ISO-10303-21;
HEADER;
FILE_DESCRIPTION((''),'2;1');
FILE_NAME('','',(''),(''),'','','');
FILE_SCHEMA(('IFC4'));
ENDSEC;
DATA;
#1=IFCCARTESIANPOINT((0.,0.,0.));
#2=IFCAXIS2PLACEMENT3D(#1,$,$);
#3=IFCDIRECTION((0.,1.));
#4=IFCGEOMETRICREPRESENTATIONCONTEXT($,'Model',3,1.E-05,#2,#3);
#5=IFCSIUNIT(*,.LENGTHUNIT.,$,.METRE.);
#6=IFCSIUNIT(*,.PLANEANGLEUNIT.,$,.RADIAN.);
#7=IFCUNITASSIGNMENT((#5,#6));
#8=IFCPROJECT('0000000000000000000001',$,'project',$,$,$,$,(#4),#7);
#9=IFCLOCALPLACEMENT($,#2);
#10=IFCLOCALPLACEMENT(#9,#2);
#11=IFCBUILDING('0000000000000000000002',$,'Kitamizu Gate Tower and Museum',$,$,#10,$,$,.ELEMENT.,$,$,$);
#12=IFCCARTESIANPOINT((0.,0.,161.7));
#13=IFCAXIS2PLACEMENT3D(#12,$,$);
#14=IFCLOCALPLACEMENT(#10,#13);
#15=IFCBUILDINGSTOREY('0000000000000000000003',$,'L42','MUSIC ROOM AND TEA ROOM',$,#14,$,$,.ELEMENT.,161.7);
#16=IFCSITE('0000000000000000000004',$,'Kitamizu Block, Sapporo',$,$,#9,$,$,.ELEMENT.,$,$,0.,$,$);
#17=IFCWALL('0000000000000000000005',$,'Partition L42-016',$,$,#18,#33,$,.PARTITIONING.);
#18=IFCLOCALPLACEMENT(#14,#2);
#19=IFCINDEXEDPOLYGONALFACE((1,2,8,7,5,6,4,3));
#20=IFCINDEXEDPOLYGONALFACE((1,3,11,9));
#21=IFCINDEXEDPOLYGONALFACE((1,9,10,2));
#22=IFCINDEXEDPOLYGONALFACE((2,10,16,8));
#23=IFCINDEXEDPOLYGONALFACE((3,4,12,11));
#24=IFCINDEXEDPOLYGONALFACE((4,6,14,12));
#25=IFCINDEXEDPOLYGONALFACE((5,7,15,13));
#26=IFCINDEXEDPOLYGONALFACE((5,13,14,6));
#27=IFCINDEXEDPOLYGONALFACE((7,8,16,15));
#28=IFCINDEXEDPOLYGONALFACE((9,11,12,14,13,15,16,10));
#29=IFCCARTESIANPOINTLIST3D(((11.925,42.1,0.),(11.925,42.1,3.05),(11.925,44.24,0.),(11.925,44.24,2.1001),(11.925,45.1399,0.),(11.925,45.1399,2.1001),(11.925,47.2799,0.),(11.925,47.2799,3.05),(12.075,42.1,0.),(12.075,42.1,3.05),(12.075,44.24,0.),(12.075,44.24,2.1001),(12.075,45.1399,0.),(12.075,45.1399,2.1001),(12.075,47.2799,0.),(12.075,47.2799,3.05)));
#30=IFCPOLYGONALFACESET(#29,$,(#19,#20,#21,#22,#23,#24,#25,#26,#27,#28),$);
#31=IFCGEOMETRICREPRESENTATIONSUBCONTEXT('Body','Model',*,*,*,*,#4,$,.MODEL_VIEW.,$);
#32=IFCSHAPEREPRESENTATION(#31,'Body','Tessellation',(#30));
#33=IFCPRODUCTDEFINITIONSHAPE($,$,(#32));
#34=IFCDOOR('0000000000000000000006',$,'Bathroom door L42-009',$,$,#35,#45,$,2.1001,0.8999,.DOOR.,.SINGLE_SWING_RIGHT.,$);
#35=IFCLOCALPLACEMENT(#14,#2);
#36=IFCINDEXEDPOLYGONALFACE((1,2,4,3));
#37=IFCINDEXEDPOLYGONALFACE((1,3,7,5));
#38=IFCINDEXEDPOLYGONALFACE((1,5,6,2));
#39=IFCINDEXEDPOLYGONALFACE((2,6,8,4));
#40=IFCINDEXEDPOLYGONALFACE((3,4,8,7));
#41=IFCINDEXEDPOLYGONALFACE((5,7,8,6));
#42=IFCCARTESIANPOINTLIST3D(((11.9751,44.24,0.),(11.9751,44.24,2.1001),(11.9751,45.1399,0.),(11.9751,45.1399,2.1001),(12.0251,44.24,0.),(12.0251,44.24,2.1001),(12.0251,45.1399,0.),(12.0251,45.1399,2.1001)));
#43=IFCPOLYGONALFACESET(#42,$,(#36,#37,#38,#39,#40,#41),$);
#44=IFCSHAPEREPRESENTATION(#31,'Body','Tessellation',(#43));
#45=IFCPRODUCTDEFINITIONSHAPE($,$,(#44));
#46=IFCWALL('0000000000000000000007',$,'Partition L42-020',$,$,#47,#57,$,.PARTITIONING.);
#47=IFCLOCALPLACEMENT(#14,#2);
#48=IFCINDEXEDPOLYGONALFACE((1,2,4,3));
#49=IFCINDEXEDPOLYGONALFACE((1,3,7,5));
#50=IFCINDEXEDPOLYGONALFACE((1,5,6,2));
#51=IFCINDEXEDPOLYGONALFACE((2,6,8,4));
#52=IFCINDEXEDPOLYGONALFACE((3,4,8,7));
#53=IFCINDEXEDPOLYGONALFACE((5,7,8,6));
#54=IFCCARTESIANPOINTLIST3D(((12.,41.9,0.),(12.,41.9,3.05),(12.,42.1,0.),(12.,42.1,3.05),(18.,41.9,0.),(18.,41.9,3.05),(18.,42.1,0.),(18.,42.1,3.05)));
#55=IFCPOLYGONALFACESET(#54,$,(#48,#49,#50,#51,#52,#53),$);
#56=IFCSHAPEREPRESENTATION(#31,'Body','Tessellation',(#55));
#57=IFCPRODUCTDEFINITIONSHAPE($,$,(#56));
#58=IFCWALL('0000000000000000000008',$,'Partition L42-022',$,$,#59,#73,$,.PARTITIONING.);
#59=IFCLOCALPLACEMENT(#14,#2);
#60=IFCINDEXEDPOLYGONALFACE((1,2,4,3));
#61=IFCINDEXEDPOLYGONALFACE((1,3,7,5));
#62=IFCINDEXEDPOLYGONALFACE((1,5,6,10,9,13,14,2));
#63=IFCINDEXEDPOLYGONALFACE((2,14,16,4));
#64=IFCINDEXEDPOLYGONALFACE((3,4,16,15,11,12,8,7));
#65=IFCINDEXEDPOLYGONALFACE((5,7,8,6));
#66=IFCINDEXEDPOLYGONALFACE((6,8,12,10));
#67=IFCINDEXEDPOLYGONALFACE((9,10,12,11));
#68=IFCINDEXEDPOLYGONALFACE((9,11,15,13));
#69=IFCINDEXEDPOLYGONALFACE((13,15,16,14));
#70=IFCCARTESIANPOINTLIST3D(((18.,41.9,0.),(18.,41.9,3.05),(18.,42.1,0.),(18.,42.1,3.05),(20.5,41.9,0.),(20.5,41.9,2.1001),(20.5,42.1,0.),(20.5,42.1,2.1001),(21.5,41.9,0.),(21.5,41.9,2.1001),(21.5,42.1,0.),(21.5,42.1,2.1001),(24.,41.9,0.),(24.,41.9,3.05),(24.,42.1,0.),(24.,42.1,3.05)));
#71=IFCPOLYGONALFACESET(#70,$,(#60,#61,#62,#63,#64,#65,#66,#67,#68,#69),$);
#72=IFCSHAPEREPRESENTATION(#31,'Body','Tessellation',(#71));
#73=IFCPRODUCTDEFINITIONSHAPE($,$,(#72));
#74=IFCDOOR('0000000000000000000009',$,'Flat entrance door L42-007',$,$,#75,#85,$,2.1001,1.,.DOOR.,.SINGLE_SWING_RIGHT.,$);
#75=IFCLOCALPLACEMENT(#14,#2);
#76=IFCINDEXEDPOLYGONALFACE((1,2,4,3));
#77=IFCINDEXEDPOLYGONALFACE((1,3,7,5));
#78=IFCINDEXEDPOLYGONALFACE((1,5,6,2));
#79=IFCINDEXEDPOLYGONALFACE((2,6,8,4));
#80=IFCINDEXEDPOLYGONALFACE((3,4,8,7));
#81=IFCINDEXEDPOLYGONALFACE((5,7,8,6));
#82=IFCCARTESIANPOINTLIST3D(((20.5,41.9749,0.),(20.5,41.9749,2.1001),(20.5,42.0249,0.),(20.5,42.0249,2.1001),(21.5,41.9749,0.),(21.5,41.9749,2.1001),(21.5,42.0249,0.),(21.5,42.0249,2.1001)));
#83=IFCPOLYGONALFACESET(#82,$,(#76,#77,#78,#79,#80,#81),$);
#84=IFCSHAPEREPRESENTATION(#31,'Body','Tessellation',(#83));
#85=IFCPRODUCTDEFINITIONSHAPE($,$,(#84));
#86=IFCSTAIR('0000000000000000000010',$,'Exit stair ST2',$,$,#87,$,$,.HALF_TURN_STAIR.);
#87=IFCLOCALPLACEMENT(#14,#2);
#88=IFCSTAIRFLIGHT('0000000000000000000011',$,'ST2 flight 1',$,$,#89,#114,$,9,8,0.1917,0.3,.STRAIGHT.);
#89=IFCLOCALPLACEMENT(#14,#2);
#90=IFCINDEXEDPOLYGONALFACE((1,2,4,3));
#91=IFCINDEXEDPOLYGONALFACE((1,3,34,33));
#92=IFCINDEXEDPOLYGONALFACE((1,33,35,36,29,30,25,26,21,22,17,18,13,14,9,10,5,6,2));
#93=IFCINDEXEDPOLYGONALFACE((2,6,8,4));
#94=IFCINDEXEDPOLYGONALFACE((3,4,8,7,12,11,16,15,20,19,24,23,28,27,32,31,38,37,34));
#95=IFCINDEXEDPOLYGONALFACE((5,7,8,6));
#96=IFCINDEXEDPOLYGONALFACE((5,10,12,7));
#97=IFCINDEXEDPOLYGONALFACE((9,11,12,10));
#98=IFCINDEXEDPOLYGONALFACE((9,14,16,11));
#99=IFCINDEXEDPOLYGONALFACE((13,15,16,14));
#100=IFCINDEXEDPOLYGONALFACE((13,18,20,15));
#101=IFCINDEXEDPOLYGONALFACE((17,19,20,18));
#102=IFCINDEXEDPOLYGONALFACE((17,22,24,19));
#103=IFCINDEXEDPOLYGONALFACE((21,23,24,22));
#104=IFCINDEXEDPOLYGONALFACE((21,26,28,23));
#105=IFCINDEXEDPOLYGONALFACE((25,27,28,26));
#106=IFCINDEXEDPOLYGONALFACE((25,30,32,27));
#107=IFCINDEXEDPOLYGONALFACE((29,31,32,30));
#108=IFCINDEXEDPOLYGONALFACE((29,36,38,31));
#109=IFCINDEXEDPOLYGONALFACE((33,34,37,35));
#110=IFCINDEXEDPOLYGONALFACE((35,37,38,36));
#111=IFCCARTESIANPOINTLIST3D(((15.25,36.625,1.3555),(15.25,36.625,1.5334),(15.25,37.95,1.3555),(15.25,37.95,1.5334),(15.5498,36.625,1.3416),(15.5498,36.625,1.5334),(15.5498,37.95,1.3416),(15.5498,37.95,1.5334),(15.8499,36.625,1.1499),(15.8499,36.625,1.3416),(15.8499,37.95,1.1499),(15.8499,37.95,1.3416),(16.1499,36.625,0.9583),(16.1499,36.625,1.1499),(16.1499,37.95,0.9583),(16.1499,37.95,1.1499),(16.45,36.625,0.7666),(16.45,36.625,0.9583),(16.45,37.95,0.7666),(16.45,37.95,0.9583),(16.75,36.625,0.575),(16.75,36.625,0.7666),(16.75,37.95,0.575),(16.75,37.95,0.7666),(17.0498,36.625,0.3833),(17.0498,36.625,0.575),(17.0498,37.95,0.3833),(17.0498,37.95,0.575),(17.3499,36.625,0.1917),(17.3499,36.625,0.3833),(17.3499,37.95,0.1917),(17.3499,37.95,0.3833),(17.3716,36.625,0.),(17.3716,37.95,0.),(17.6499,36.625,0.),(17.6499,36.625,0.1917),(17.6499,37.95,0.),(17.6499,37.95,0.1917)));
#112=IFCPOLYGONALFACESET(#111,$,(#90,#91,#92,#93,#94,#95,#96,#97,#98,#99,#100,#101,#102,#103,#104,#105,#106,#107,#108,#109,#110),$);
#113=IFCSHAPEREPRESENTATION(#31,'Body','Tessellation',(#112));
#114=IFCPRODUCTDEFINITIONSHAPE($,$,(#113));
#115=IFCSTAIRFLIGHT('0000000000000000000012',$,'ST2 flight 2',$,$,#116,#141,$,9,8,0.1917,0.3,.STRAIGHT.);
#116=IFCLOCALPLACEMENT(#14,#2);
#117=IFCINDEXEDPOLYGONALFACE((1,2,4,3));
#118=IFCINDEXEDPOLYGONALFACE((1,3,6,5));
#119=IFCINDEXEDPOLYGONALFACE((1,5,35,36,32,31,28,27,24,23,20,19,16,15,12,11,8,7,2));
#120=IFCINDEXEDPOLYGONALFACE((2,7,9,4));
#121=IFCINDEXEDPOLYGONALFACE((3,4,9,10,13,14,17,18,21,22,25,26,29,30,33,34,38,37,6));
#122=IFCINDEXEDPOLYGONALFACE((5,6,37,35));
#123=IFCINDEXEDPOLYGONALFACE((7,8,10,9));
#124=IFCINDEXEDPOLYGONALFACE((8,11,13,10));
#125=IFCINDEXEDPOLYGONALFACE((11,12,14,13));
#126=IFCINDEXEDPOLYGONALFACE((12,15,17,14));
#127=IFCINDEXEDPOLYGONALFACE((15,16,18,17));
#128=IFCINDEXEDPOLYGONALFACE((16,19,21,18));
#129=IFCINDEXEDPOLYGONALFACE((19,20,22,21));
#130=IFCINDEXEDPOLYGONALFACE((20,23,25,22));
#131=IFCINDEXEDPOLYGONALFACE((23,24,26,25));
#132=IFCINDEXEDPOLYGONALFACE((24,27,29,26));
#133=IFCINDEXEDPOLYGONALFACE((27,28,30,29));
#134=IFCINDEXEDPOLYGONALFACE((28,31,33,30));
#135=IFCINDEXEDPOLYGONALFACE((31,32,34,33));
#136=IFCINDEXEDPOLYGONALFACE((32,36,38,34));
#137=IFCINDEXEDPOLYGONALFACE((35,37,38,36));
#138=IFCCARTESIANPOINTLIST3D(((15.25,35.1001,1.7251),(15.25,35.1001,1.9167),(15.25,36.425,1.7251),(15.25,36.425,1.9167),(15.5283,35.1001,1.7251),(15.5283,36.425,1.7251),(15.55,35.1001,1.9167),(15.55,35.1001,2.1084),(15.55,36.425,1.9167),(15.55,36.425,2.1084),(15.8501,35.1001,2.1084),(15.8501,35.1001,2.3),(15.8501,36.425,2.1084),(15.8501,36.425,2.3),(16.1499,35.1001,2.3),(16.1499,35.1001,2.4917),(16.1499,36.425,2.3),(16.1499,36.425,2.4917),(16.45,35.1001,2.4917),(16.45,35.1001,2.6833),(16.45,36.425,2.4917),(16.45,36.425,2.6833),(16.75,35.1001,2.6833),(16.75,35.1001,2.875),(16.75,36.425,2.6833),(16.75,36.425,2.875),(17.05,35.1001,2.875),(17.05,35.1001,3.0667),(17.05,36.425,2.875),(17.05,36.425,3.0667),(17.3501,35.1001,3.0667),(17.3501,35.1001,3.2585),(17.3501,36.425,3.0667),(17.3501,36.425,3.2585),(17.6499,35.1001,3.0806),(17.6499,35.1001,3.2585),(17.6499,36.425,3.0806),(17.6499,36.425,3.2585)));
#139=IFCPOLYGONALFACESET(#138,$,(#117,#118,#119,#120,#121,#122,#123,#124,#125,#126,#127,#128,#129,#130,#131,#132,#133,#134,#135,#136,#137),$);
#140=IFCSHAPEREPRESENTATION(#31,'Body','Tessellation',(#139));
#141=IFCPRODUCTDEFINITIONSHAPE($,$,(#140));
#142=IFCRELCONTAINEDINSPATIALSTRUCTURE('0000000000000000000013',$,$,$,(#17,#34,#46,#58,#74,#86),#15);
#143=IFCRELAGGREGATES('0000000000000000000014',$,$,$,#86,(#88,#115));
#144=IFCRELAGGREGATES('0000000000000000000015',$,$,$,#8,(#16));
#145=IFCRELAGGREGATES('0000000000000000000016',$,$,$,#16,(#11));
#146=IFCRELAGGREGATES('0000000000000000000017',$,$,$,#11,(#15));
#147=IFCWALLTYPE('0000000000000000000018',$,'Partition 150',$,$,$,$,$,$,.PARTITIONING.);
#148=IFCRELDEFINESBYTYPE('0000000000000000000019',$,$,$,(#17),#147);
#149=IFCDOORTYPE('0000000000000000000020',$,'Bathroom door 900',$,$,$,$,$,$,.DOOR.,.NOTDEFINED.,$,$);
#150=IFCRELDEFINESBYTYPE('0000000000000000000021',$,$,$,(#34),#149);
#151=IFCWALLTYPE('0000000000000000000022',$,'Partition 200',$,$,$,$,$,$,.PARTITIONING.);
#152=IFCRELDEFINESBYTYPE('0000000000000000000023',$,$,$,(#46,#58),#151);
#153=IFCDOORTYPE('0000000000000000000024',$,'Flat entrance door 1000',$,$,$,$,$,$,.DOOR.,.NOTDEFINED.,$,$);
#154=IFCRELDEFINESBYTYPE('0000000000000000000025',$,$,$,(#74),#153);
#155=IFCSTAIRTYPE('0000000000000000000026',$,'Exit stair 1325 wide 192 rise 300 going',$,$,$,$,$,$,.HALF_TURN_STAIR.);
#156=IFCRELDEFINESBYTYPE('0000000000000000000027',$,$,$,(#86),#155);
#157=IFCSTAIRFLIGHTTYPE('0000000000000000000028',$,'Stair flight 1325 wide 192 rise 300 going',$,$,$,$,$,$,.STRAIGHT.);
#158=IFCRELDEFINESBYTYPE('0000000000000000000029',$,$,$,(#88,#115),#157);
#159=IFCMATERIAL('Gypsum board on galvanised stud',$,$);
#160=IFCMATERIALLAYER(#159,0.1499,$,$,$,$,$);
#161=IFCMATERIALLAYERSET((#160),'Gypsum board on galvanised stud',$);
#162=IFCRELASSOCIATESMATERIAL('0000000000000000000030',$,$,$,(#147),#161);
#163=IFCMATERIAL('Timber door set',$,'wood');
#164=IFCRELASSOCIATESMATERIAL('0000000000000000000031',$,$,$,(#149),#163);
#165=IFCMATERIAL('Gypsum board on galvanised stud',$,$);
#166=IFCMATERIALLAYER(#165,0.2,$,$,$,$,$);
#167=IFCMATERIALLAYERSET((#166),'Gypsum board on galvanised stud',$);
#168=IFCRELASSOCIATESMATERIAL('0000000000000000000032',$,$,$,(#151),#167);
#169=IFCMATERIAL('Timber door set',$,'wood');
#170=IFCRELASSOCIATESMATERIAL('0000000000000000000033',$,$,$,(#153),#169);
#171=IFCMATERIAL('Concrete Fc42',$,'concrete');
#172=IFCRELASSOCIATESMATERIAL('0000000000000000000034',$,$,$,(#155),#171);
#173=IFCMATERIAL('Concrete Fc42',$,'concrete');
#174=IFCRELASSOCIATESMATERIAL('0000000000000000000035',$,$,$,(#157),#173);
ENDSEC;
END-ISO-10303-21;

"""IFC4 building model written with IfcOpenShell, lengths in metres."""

from ifc_helpers import new_model, si_unit, direction, frame, frame_2d, origin, place, context, subcontext, project, spatial, polyline, rectangle, outline, extrude, material, layer, layer_set, type_object, element, fill, aggregate, save


model = new_model("IFC4")

# Units and contexts
model_context = context("Model", 3, precision=1e-05, world=origin(), true_north=direction((0.0, 1.0)))
body_context = subcontext(model_context, "Body", "Model", "MODEL_VIEW")
ifc_project = project(units=[si_unit("LENGTHUNIT", "METRE"), si_unit("PLANEANGLEUNIT", "RADIAN")], contexts=[model_context])

# Site, building, storey
site_placement = place(None, origin())
site = spatial("IfcSite", under=ifc_project, at=site_placement, Name="Kitamizu Block, Sapporo", CompositionType="ELEMENT", RefElevation=0.0)
building_placement = place(site_placement, origin())
building = spatial("IfcBuilding", under=site, at=building_placement, Name="Kitamizu Gate Tower and Museum", CompositionType="ELEMENT")
storey_placement = place(building_placement, frame((0.0, 0.0, 161.7)))
storey = spatial("IfcBuildingStorey", under=building, at=storey_placement, Name="L42", Description="MUSIC ROOM AND TEA ROOM", CompositionType="ELEMENT", Elevation=161.7)

# Wall, opening, door
ifc_material_1 = material(Name="Gypsum board on galvanised stud")
ifc_layer_1 = layer(ifc_material_1, 0.1499)
ifc_layer_set_1 = layer_set([ifc_layer_1], Name="Gypsum board on galvanised stud")
wall_type_1 = type_object("IfcWallType", Name="Partition 150", PredefinedType="PARTITIONING", material=ifc_layer_set_1)
wall_1_placement = place(storey_placement, frame((12.0, 42.1001, 0.0), z_axis=(0.0, 0.0, 1.0), x_axis=(0.0, 1.0, 0.0)))
wall_1 = element("IfcWall", 1, at=wall_1_placement, inside=storey, type_object=wall_type_1, Name="Partition L42-016", PredefinedType="PARTITIONING", context=body_context, shape_type="SweptSolid", body=[
    extrude(rectangle(XDim=5.1799, YDim=0.1499, at=frame_2d((2.5898, 0.0))), origin(), (0.0, 0.0, 1.0), 3.05),
])
opening_1_placement = place(wall_1_placement, frame((2.1399, 0.0, 0.0)))
opening_1 = element("IfcOpeningElement", 2, at=opening_1_placement, cuts=wall_1, PredefinedType="OPENING", context=body_context, shape_type="SweptSolid", body=[
    extrude(rectangle(XDim=0.8999, YDim=2.1001, at=frame_2d((0.45, 1.05))), frame((0.0, 0.085, 0.0), z_axis=(0.0, -1.0, 0.0), x_axis=(1.0, 0.0, 0.0)), (0.0, 0.0, 1.0), 0.1699),
])
ifc_material_2 = material(Name="Timber door set", Category="wood")
door_type_1 = type_object("IfcDoorType", Name="Bathroom door 900", OperationType="NOTDEFINED", PredefinedType="DOOR", material=ifc_material_2)
door_1_placement = place(opening_1_placement, origin())
door_1 = element("IfcDoor", 3, at=door_1_placement, inside=storey, type_object=door_type_1, Name="Bathroom door L42-009", OperationType="SINGLE_SWING_RIGHT", OverallHeight=2.1001, OverallWidth=0.8999, PredefinedType="DOOR", context=body_context, shape_type="SweptSolid", body=[
    extrude(rectangle(XDim=0.8999, YDim=2.1001, at=frame_2d((0.45, 1.05))), frame((0.0, 0.0249, 0.0), z_axis=(0.0, -1.0, 0.0), x_axis=(1.0, 0.0, 0.0)), (0.0, 0.0, 1.0), 0.05),
])
fill(opening_1, door_1)

# Wall
ifc_material_3 = material(Name="Gypsum board on galvanised stud")
ifc_layer_2 = layer(ifc_material_3, 0.2)
ifc_layer_set_2 = layer_set([ifc_layer_2], Name="Gypsum board on galvanised stud")
wall_type_2 = type_object("IfcWallType", Name="Partition 200", PredefinedType="PARTITIONING", material=ifc_layer_set_2)
wall_2_placement = place(storey_placement, frame((12.0, 42.0, 0.0), z_axis=(0.0, 0.0, 1.0), x_axis=(1.0, 0.0, 0.0)))
element("IfcWall", 4, at=wall_2_placement, inside=storey, type_object=wall_type_2, Name="Partition L42-020", PredefinedType="PARTITIONING", context=body_context, shape_type="SweptSolid", body=[
    extrude(rectangle(XDim=6.0, YDim=0.2, at=frame_2d((3.0, 0.0))), origin(), (0.0, 0.0, 1.0), 3.05),
])

# Wall, opening, door
wall_3_placement = place(storey_placement, frame((18.0, 42.0, 0.0), z_axis=(0.0, 0.0, 1.0), x_axis=(1.0, 0.0, 0.0)))
wall_3 = element("IfcWall", 5, at=wall_3_placement, inside=storey, type_object=wall_type_2, Name="Partition L42-022", PredefinedType="PARTITIONING", context=body_context, shape_type="SweptSolid", body=[
    extrude(rectangle(XDim=6.0, YDim=0.2, at=frame_2d((3.0, 0.0))), origin(), (0.0, 0.0, 1.0), 3.05),
])
opening_2_placement = place(wall_3_placement, frame((2.5, 0.0, 0.0)))
opening_2 = element("IfcOpeningElement", 6, at=opening_2_placement, cuts=wall_3, PredefinedType="OPENING", context=body_context, shape_type="SweptSolid", body=[
    extrude(rectangle(XDim=1.0, YDim=2.1001, at=frame_2d((0.5, 1.05))), frame((0.0, 0.1099, 0.0), z_axis=(0.0, -1.0, 0.0), x_axis=(1.0, 0.0, 0.0)), (0.0, 0.0, 1.0), 0.22),
])
ifc_material_4 = material(Name="Timber door set", Category="wood")
door_type_2 = type_object("IfcDoorType", Name="Flat entrance door 1000", OperationType="NOTDEFINED", PredefinedType="DOOR", material=ifc_material_4)
door_2_placement = place(opening_2_placement, origin())
door_2 = element("IfcDoor", 7, at=door_2_placement, inside=storey, type_object=door_type_2, Name="Flat entrance door L42-007", OperationType="SINGLE_SWING_RIGHT", OverallHeight=2.1001, OverallWidth=1.0, PredefinedType="DOOR", context=body_context, shape_type="SweptSolid", body=[
    extrude(rectangle(XDim=1.0, YDim=2.1001, at=frame_2d((0.5, 1.05))), frame((0.0, 0.0249, 0.0), z_axis=(0.0, -1.0, 0.0), x_axis=(1.0, 0.0, 0.0)), (0.0, 0.0, 1.0), 0.05),
])
fill(opening_2, door_2)

# Stair, stair flights
ifc_material_5 = material(Name="Concrete Fc42", Category="concrete")
stair_type = type_object("IfcStairType", Name="Exit stair 1325 wide 192 rise 300 going", PredefinedType="HALF_TURN_STAIR", material=ifc_material_5)
stair_placement = place(storey_placement, origin())
stair = element("IfcStair", 8, at=stair_placement, inside=storey, type_object=stair_type, Name="Exit stair ST2", PredefinedType="HALF_TURN_STAIR")
ifc_material_6 = material(Name="Concrete Fc42", Category="concrete")
stair_flight_type = type_object("IfcStairFlightType", Name="Stair flight 1325 wide 192 rise 300 going", PredefinedType="STRAIGHT", material=ifc_material_6)
stair_flight_1_placement = place(storey_placement, frame((17.6499, 37.2876, 0.0), z_axis=(0.0, 0.0, 1.0), x_axis=(-1.0, 0.0, 0.0)))
stair_flight_1 = element("IfcStairFlight", 9, at=stair_flight_1_placement, type_object=stair_flight_type, Name="ST2 flight 1", NumberOfRisers=9, NumberOfTreads=8, PredefinedType="STRAIGHT", RiserHeight=0.1917, TreadLength=0.3, context=body_context, shape_type="SweptSolid", body=[
    extrude(outline(polyline([(0.0, 0.0), (0.0, 0.1917), (0.3, 0.1917), (0.3, 0.3833), (0.6001, 0.3833), (0.6001, 0.575), (0.8999, 0.575), (0.8999, 0.7666), (1.2, 0.7666), (1.2, 0.9583), (1.5, 0.9583), (1.5, 1.1499), (1.8, 1.1499), (1.8, 1.3416), (2.1001, 1.3416), (2.1001, 1.5334), (2.3999, 1.5334), (2.3999, 1.7251), (2.3999, 1.3555), (0.2783, 0.0), (0.0, 0.0)])), frame((0.0, 0.6626, 0.0), z_axis=(0.0, -1.0, 0.0), x_axis=(1.0, 0.0, 0.0)), (0.0, 0.0, 1.0), 1.325),
])
stair_flight_2_placement = place(storey_placement, frame((15.25, 35.7625, 1.7251), z_axis=(0.0, 0.0, 1.0), x_axis=(1.0, 0.0, 0.0)))
stair_flight_2 = element("IfcStairFlight", 10, at=stair_flight_2_placement, type_object=stair_flight_type, Name="ST2 flight 2", NumberOfRisers=9, NumberOfTreads=8, PredefinedType="STRAIGHT", RiserHeight=0.1917, TreadLength=0.3, context=body_context, shape_type="SweptSolid", body=[
    extrude(outline(polyline([(0.0, 0.0), (0.0, 0.1917), (0.3, 0.1917), (0.3, 0.3833), (0.6001, 0.3833), (0.6001, 0.575), (0.8999, 0.575), (0.8999, 0.7666), (1.2, 0.7666), (1.2, 0.9583), (1.5, 0.9583), (1.5, 1.1499), (1.8, 1.1499), (1.8, 1.3416), (2.1001, 1.3416), (2.1001, 1.5334), (2.3999, 1.5334), (2.3999, 1.7251), (2.3999, 1.3555), (0.2783, 0.0), (0.0, 0.0)])), frame((0.0, 0.6626, 0.0), z_axis=(0.0, -1.0, 0.0), x_axis=(1.0, 0.0, 0.0)), (0.0, 0.0, 1.0), 1.325),
])
aggregate(stair, [stair_flight_1, stair_flight_2])

save(model, "model.ifc")
